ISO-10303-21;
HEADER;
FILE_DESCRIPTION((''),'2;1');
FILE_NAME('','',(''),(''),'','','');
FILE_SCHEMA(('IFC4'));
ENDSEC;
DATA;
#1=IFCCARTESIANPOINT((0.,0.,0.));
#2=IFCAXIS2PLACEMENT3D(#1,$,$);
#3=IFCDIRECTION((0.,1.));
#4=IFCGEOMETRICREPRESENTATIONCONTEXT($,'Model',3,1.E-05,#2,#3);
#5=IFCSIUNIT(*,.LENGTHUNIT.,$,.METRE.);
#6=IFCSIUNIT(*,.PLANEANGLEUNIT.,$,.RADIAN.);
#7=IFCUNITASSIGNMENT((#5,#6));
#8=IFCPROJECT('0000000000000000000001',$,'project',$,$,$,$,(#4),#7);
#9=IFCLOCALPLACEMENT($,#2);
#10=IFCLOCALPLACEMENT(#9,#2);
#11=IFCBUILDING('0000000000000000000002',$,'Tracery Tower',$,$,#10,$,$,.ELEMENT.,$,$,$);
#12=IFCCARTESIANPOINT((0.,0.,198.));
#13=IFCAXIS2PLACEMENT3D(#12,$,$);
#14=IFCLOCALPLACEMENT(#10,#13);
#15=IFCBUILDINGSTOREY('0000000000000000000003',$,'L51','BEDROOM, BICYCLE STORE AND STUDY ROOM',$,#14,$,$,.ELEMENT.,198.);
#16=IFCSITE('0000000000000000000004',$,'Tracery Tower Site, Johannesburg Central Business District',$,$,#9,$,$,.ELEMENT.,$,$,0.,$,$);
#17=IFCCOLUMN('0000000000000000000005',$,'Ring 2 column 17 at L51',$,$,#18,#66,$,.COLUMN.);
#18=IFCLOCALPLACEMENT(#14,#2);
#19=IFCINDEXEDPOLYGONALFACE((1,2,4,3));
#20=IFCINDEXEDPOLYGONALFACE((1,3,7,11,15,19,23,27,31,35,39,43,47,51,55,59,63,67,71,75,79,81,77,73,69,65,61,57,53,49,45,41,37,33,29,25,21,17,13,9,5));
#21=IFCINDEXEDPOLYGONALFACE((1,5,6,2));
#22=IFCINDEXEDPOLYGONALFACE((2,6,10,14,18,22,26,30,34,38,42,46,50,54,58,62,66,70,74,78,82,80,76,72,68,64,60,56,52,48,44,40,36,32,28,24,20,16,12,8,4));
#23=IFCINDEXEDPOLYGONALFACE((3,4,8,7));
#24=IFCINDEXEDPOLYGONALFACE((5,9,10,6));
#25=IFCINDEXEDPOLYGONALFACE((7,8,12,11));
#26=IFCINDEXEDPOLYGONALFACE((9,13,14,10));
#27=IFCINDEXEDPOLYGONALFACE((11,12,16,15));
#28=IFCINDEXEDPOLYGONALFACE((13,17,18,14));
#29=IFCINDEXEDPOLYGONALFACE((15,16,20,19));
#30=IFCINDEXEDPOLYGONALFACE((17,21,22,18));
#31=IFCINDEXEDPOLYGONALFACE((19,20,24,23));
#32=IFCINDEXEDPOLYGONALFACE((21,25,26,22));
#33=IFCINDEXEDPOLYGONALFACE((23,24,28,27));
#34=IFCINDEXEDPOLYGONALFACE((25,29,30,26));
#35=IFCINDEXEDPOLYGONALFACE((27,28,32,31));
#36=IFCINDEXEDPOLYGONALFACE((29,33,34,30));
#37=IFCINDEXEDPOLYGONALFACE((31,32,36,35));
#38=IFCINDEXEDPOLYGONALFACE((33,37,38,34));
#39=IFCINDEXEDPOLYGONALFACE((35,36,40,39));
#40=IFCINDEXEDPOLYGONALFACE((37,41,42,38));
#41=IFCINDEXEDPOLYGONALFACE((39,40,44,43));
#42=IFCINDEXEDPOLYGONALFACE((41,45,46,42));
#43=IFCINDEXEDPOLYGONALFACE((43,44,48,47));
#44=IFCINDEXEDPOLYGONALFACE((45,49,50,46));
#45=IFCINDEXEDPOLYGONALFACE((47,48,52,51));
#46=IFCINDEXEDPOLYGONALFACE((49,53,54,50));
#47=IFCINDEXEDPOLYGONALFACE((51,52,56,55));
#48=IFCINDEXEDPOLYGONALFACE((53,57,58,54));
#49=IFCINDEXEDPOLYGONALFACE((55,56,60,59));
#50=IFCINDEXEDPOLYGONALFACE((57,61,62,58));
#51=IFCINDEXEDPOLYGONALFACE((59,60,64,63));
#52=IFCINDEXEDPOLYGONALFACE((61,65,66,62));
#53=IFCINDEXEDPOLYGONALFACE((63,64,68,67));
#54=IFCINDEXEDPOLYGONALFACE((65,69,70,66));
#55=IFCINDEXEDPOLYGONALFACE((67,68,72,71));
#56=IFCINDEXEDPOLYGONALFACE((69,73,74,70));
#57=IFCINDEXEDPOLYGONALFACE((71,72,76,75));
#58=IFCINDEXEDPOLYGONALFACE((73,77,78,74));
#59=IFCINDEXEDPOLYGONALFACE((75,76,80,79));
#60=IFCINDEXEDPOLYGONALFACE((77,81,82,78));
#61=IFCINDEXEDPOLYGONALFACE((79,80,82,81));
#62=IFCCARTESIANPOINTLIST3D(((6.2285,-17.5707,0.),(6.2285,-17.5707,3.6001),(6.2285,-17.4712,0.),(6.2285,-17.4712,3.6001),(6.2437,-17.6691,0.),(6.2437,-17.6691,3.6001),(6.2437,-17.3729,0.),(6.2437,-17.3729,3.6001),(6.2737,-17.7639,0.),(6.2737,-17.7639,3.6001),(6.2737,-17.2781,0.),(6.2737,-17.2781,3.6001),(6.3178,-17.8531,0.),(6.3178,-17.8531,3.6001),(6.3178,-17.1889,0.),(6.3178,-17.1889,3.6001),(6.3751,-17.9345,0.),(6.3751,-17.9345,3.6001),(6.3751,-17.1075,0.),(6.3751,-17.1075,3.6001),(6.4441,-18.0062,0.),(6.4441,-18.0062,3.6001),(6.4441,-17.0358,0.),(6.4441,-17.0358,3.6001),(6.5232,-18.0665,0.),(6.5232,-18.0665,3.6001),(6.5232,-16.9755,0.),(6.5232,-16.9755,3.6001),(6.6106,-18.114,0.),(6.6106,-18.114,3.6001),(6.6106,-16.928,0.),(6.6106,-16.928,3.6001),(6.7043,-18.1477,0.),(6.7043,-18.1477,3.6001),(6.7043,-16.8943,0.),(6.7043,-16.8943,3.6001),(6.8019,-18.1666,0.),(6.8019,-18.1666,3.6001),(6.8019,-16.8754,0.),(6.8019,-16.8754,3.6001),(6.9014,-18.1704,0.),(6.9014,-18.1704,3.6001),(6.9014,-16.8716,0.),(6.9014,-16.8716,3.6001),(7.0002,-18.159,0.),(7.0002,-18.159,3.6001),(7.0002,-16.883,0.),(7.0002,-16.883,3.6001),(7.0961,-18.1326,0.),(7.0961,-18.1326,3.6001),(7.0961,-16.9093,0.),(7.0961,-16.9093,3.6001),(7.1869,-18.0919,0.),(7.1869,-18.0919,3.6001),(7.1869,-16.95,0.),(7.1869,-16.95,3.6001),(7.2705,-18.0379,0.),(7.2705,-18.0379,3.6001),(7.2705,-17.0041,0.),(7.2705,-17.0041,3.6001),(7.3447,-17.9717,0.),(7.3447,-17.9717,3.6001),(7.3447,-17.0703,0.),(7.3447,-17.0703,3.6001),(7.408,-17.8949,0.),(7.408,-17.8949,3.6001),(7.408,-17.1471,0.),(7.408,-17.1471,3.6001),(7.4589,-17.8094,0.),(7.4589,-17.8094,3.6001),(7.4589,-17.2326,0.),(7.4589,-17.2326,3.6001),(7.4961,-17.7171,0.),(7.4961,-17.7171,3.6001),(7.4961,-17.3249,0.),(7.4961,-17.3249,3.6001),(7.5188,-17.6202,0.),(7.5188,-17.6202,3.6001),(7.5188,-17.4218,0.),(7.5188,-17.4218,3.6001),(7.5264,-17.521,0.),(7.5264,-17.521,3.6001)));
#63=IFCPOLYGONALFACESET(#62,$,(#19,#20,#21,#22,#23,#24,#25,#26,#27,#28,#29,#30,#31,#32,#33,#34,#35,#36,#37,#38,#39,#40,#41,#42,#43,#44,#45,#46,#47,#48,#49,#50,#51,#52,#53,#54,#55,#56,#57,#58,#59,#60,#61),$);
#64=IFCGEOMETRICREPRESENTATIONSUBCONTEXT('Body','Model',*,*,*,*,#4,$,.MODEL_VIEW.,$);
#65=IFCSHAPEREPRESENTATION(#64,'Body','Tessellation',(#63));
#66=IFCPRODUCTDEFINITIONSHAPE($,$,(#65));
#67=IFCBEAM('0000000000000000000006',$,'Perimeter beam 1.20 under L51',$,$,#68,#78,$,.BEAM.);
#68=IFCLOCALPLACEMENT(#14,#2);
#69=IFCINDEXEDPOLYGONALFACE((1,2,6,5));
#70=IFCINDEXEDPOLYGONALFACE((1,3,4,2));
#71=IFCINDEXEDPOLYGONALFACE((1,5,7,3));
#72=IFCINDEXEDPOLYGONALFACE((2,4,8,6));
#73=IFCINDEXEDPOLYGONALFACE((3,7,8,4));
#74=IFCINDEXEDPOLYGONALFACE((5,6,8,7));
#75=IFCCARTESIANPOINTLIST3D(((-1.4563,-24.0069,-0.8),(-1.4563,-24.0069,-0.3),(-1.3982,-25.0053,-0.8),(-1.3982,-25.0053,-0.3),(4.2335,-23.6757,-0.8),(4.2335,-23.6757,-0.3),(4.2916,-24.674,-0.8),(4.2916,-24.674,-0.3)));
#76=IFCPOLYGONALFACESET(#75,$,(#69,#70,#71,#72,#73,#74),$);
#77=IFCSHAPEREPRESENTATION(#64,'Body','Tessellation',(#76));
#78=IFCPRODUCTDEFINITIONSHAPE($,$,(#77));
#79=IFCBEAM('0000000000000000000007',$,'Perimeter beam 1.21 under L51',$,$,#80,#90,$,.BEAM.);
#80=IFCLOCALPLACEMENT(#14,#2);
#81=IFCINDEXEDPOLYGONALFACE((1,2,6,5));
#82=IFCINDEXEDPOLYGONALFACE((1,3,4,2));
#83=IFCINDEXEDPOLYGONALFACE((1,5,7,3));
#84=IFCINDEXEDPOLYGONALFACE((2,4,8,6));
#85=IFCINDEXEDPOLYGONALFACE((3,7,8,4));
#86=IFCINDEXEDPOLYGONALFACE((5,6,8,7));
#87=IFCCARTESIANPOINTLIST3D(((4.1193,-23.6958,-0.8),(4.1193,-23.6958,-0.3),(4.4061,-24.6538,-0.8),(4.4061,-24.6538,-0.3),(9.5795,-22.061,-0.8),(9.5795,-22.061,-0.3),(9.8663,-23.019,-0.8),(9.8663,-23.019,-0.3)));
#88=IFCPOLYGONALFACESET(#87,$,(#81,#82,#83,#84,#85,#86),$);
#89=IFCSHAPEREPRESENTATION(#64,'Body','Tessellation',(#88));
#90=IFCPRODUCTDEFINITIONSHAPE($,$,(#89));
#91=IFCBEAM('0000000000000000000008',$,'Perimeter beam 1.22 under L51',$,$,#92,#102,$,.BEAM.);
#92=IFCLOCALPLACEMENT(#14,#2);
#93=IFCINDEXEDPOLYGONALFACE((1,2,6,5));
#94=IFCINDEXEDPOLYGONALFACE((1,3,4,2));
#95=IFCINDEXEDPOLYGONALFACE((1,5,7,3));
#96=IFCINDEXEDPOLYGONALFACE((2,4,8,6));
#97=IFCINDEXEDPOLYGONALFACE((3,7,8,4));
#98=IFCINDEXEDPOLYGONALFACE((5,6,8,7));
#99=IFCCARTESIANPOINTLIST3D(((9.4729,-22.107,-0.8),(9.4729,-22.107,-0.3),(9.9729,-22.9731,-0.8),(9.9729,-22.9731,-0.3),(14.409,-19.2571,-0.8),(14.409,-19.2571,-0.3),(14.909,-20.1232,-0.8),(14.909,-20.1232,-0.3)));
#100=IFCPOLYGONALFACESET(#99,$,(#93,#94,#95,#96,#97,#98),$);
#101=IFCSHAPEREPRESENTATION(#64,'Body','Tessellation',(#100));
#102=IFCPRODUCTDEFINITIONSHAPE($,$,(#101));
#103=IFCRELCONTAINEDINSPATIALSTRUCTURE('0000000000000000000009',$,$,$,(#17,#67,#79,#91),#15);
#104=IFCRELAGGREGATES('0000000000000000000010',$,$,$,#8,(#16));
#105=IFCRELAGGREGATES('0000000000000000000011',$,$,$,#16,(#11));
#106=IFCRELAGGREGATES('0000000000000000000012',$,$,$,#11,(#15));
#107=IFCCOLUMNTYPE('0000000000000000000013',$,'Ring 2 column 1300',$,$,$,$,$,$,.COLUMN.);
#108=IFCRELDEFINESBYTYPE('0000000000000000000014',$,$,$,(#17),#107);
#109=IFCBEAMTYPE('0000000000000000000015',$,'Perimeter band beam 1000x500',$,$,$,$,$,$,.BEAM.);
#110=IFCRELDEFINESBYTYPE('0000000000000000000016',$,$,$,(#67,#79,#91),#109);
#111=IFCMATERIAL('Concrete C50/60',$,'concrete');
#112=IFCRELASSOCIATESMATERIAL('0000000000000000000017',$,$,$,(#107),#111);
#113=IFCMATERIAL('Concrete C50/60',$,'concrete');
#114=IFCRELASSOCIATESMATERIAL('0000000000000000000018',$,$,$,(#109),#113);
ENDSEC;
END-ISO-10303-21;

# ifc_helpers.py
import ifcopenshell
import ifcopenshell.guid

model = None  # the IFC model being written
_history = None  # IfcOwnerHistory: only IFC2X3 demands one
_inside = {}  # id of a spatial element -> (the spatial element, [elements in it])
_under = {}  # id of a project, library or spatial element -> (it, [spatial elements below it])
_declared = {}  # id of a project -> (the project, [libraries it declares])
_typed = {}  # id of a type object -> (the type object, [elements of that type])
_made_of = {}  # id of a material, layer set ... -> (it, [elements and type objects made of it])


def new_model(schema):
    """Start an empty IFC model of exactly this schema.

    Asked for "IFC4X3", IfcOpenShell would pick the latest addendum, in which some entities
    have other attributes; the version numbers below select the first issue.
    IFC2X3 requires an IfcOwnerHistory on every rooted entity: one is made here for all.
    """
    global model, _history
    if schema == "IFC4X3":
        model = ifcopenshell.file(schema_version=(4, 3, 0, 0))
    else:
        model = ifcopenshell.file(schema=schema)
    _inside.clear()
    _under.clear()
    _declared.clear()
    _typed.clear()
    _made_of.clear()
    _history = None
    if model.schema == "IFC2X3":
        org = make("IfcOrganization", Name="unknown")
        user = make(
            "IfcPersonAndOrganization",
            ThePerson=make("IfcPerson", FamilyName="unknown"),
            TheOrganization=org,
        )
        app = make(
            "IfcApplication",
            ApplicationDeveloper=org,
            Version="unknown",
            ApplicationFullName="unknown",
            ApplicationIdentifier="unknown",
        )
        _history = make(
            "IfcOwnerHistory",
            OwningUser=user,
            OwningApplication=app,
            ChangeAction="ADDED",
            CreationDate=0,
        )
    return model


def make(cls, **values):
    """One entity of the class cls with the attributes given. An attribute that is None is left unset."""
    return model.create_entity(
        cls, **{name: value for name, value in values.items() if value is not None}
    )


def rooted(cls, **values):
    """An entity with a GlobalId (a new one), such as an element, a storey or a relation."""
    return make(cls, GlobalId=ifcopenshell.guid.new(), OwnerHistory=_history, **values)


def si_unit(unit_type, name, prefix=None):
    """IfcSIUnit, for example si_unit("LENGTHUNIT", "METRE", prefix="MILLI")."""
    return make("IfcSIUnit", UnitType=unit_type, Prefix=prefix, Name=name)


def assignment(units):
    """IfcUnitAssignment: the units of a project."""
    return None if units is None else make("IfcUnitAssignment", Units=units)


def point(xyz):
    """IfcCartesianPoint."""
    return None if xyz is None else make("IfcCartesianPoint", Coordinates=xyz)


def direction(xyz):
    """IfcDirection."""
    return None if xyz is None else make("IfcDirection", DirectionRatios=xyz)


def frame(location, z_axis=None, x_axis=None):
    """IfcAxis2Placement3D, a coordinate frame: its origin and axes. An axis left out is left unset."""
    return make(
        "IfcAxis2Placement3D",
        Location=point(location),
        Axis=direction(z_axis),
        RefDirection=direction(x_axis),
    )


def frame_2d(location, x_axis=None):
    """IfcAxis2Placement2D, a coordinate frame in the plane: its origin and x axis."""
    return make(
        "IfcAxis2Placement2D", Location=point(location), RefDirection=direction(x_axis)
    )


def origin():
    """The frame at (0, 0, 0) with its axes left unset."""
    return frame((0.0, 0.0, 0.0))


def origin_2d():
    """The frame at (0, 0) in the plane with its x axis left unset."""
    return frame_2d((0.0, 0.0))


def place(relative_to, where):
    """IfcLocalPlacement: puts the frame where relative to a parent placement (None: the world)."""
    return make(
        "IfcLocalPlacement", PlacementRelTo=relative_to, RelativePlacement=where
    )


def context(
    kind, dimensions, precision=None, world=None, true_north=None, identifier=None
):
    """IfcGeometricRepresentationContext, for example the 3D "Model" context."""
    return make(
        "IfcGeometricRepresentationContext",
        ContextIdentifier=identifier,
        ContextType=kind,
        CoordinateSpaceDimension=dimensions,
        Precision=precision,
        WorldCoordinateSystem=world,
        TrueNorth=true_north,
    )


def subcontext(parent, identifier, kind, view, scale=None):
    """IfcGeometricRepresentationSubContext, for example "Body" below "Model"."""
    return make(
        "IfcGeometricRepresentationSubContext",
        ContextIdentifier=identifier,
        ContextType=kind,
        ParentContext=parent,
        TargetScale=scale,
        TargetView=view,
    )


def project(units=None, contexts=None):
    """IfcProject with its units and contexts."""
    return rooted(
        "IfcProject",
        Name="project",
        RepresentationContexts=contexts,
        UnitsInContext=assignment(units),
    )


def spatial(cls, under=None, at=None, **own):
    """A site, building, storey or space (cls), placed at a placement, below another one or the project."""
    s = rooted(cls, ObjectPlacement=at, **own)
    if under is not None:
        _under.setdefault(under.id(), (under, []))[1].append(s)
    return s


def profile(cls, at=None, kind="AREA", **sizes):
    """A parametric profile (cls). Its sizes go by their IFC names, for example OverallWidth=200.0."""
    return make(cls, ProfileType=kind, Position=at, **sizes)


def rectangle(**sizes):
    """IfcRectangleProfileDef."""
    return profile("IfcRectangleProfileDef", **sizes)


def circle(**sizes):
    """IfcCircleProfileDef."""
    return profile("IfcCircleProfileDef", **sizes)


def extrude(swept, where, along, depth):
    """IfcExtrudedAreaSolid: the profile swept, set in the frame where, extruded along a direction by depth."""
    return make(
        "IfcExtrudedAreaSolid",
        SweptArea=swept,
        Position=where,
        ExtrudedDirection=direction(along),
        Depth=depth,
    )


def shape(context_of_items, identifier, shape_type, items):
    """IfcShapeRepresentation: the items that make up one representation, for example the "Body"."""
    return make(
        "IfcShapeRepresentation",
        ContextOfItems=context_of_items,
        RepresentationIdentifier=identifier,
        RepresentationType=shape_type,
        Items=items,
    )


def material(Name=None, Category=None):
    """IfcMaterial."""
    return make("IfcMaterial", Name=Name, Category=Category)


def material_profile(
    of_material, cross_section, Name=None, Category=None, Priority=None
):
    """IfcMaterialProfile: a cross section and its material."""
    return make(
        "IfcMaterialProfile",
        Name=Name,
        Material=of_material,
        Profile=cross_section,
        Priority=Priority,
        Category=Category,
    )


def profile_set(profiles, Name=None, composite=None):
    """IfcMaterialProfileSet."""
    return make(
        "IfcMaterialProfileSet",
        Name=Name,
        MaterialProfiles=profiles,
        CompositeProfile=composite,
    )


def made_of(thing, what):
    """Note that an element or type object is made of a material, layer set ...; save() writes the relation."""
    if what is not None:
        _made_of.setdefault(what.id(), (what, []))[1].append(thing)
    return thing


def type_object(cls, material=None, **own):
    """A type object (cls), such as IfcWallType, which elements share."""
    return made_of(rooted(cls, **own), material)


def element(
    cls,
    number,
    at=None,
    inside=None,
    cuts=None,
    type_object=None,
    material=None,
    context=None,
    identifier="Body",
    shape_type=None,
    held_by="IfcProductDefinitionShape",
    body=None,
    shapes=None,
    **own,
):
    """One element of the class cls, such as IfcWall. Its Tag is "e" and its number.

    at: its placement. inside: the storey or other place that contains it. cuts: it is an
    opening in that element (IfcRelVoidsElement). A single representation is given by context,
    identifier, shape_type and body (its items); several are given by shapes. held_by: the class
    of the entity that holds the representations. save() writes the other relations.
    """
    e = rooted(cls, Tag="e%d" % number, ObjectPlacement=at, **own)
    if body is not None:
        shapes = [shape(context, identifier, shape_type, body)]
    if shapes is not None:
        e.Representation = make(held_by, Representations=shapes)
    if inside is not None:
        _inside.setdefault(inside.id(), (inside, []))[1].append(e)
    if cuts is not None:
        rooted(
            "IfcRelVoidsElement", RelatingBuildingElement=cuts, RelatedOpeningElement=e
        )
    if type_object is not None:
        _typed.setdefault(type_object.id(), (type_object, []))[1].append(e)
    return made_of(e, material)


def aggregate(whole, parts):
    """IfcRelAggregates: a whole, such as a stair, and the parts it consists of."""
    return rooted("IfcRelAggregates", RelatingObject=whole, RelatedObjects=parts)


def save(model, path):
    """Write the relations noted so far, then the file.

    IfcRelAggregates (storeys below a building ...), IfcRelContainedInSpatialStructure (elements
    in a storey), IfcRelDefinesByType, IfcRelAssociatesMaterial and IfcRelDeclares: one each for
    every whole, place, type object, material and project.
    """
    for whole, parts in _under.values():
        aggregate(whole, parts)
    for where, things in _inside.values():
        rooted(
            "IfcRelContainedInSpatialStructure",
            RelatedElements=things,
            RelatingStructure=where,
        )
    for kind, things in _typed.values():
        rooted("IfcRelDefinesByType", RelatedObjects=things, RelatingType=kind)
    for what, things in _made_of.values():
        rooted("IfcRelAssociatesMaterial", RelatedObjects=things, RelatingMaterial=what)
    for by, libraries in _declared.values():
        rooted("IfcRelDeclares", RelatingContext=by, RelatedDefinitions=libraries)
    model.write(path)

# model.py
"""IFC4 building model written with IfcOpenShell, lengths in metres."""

from ifc_helpers import new_model, si_unit, direction, frame, origin, origin_2d, place, context, subcontext, project, spatial, rectangle, circle, extrude, material, material_profile, profile_set, type_object, element, save


model = new_model("IFC4")

# Units and contexts
model_context = context("Model", 3, precision=1e-05, world=origin(), true_north=direction((0.0, 1.0)))
body_context = subcontext(model_context, "Body", "Model", "MODEL_VIEW")
ifc_project = project(units=[si_unit("LENGTHUNIT", "METRE"), si_unit("PLANEANGLEUNIT", "RADIAN")], contexts=[model_context])

# Site, building, storey
site_placement = place(None, origin())
site = spatial("IfcSite", under=ifc_project, at=site_placement, Name="Tracery Tower Site, Johannesburg Central Business District", CompositionType="ELEMENT", RefElevation=0.0)
building_placement = place(site_placement, origin())
building = spatial("IfcBuilding", under=site, at=building_placement, Name="Tracery Tower", CompositionType="ELEMENT")
storey_placement = place(building_placement, frame((0.0, 0.0, 198.0)))
storey = spatial("IfcBuildingStorey", under=building, at=storey_placement, Name="L51", Description="BEDROOM, BICYCLE STORE AND STUDY ROOM", CompositionType="ELEMENT", Elevation=198.0)

# Column
ifc_material_1 = material(Name="Concrete C50/60", Category="concrete")
ifc_material_profile_1 = material_profile(ifc_material_1, circle(Radius=0.6499, at=origin_2d()), Name="RC D1300")
ifc_profile_set_1 = profile_set([ifc_material_profile_1], Name="Concrete C50/60")
column_type_1 = type_object("IfcColumnType", Name="Ring 2 column 1300", PredefinedType="COLUMN", material=ifc_profile_set_1)
for number, where, z_axis, x_axis, name in (
    (1, (6.8765, -17.521, 0.0), (0.0, 0.0, 1.0), (1.0, 0.0, 0.0), "Ring 2 column 17 at L51"),
):
    element("IfcColumn", number, at=place(storey_placement, frame(where, z_axis=z_axis, x_axis=x_axis)), inside=storey, type_object=column_type_1, Name=name, PredefinedType="COLUMN", context=body_context, shape_type="SweptSolid", body=[
        extrude(circle(Radius=0.6499, at=origin_2d()), origin(), (0.0, 0.0, 1.0), 3.6001),
    ])

# Beams
ifc_material_2 = material(Name="Concrete C50/60", Category="concrete")
ifc_material_profile_2 = material_profile(ifc_material_2, rectangle(XDim=1.0, YDim=0.5, at=origin_2d()), Name="RC 1000x500")
ifc_profile_set_2 = profile_set([ifc_material_profile_2], Name="Concrete C50/60")
beam_type = type_object("IfcBeamType", Name="Perimeter band beam 1000x500", PredefinedType="BEAM", material=ifc_profile_set_2)
beam_placement = place(storey_placement, frame((-1.4272, -24.5061, -0.55), z_axis=(0.998309, 0.058127, 0.0), x_axis=(-0.058127, 0.998309, 0.0)))
element("IfcBeam", 2, at=beam_placement, inside=storey, type_object=beam_type, Name="Perimeter beam 1.20 under L51", PredefinedType="BEAM", context=body_context, shape_type="SweptSolid", body=[
    extrude(rectangle(XDim=1.0, YDim=0.5, at=origin_2d()), origin(), (0.0, 0.0, 1.0), 5.6995),
])
for number, where, z_axis, x_axis, name in (
    (3, (4.2627, -24.1748, -0.55), (0.957985, 0.286817, 0.0), (-0.286817, 0.957985, 0.0), "Perimeter beam 1.21 under L51"),
    (4, (9.7229, -22.54, -0.55), (0.866023, 0.500004, 0.0), (-0.500004, 0.866023, 0.0), "Perimeter beam 1.22 under L51"),
):
    element("IfcBeam", number, at=place(storey_placement, frame(where, z_axis=z_axis, x_axis=x_axis)), inside=storey, type_object=beam_type, Name=name, PredefinedType="BEAM", context=body_context, shape_type="SweptSolid", body=[
        extrude(rectangle(XDim=1.0, YDim=0.5, at=origin_2d()), origin(), (0.0, 0.0, 1.0), 5.6997),
    ])

save(model, "model.ifc")
